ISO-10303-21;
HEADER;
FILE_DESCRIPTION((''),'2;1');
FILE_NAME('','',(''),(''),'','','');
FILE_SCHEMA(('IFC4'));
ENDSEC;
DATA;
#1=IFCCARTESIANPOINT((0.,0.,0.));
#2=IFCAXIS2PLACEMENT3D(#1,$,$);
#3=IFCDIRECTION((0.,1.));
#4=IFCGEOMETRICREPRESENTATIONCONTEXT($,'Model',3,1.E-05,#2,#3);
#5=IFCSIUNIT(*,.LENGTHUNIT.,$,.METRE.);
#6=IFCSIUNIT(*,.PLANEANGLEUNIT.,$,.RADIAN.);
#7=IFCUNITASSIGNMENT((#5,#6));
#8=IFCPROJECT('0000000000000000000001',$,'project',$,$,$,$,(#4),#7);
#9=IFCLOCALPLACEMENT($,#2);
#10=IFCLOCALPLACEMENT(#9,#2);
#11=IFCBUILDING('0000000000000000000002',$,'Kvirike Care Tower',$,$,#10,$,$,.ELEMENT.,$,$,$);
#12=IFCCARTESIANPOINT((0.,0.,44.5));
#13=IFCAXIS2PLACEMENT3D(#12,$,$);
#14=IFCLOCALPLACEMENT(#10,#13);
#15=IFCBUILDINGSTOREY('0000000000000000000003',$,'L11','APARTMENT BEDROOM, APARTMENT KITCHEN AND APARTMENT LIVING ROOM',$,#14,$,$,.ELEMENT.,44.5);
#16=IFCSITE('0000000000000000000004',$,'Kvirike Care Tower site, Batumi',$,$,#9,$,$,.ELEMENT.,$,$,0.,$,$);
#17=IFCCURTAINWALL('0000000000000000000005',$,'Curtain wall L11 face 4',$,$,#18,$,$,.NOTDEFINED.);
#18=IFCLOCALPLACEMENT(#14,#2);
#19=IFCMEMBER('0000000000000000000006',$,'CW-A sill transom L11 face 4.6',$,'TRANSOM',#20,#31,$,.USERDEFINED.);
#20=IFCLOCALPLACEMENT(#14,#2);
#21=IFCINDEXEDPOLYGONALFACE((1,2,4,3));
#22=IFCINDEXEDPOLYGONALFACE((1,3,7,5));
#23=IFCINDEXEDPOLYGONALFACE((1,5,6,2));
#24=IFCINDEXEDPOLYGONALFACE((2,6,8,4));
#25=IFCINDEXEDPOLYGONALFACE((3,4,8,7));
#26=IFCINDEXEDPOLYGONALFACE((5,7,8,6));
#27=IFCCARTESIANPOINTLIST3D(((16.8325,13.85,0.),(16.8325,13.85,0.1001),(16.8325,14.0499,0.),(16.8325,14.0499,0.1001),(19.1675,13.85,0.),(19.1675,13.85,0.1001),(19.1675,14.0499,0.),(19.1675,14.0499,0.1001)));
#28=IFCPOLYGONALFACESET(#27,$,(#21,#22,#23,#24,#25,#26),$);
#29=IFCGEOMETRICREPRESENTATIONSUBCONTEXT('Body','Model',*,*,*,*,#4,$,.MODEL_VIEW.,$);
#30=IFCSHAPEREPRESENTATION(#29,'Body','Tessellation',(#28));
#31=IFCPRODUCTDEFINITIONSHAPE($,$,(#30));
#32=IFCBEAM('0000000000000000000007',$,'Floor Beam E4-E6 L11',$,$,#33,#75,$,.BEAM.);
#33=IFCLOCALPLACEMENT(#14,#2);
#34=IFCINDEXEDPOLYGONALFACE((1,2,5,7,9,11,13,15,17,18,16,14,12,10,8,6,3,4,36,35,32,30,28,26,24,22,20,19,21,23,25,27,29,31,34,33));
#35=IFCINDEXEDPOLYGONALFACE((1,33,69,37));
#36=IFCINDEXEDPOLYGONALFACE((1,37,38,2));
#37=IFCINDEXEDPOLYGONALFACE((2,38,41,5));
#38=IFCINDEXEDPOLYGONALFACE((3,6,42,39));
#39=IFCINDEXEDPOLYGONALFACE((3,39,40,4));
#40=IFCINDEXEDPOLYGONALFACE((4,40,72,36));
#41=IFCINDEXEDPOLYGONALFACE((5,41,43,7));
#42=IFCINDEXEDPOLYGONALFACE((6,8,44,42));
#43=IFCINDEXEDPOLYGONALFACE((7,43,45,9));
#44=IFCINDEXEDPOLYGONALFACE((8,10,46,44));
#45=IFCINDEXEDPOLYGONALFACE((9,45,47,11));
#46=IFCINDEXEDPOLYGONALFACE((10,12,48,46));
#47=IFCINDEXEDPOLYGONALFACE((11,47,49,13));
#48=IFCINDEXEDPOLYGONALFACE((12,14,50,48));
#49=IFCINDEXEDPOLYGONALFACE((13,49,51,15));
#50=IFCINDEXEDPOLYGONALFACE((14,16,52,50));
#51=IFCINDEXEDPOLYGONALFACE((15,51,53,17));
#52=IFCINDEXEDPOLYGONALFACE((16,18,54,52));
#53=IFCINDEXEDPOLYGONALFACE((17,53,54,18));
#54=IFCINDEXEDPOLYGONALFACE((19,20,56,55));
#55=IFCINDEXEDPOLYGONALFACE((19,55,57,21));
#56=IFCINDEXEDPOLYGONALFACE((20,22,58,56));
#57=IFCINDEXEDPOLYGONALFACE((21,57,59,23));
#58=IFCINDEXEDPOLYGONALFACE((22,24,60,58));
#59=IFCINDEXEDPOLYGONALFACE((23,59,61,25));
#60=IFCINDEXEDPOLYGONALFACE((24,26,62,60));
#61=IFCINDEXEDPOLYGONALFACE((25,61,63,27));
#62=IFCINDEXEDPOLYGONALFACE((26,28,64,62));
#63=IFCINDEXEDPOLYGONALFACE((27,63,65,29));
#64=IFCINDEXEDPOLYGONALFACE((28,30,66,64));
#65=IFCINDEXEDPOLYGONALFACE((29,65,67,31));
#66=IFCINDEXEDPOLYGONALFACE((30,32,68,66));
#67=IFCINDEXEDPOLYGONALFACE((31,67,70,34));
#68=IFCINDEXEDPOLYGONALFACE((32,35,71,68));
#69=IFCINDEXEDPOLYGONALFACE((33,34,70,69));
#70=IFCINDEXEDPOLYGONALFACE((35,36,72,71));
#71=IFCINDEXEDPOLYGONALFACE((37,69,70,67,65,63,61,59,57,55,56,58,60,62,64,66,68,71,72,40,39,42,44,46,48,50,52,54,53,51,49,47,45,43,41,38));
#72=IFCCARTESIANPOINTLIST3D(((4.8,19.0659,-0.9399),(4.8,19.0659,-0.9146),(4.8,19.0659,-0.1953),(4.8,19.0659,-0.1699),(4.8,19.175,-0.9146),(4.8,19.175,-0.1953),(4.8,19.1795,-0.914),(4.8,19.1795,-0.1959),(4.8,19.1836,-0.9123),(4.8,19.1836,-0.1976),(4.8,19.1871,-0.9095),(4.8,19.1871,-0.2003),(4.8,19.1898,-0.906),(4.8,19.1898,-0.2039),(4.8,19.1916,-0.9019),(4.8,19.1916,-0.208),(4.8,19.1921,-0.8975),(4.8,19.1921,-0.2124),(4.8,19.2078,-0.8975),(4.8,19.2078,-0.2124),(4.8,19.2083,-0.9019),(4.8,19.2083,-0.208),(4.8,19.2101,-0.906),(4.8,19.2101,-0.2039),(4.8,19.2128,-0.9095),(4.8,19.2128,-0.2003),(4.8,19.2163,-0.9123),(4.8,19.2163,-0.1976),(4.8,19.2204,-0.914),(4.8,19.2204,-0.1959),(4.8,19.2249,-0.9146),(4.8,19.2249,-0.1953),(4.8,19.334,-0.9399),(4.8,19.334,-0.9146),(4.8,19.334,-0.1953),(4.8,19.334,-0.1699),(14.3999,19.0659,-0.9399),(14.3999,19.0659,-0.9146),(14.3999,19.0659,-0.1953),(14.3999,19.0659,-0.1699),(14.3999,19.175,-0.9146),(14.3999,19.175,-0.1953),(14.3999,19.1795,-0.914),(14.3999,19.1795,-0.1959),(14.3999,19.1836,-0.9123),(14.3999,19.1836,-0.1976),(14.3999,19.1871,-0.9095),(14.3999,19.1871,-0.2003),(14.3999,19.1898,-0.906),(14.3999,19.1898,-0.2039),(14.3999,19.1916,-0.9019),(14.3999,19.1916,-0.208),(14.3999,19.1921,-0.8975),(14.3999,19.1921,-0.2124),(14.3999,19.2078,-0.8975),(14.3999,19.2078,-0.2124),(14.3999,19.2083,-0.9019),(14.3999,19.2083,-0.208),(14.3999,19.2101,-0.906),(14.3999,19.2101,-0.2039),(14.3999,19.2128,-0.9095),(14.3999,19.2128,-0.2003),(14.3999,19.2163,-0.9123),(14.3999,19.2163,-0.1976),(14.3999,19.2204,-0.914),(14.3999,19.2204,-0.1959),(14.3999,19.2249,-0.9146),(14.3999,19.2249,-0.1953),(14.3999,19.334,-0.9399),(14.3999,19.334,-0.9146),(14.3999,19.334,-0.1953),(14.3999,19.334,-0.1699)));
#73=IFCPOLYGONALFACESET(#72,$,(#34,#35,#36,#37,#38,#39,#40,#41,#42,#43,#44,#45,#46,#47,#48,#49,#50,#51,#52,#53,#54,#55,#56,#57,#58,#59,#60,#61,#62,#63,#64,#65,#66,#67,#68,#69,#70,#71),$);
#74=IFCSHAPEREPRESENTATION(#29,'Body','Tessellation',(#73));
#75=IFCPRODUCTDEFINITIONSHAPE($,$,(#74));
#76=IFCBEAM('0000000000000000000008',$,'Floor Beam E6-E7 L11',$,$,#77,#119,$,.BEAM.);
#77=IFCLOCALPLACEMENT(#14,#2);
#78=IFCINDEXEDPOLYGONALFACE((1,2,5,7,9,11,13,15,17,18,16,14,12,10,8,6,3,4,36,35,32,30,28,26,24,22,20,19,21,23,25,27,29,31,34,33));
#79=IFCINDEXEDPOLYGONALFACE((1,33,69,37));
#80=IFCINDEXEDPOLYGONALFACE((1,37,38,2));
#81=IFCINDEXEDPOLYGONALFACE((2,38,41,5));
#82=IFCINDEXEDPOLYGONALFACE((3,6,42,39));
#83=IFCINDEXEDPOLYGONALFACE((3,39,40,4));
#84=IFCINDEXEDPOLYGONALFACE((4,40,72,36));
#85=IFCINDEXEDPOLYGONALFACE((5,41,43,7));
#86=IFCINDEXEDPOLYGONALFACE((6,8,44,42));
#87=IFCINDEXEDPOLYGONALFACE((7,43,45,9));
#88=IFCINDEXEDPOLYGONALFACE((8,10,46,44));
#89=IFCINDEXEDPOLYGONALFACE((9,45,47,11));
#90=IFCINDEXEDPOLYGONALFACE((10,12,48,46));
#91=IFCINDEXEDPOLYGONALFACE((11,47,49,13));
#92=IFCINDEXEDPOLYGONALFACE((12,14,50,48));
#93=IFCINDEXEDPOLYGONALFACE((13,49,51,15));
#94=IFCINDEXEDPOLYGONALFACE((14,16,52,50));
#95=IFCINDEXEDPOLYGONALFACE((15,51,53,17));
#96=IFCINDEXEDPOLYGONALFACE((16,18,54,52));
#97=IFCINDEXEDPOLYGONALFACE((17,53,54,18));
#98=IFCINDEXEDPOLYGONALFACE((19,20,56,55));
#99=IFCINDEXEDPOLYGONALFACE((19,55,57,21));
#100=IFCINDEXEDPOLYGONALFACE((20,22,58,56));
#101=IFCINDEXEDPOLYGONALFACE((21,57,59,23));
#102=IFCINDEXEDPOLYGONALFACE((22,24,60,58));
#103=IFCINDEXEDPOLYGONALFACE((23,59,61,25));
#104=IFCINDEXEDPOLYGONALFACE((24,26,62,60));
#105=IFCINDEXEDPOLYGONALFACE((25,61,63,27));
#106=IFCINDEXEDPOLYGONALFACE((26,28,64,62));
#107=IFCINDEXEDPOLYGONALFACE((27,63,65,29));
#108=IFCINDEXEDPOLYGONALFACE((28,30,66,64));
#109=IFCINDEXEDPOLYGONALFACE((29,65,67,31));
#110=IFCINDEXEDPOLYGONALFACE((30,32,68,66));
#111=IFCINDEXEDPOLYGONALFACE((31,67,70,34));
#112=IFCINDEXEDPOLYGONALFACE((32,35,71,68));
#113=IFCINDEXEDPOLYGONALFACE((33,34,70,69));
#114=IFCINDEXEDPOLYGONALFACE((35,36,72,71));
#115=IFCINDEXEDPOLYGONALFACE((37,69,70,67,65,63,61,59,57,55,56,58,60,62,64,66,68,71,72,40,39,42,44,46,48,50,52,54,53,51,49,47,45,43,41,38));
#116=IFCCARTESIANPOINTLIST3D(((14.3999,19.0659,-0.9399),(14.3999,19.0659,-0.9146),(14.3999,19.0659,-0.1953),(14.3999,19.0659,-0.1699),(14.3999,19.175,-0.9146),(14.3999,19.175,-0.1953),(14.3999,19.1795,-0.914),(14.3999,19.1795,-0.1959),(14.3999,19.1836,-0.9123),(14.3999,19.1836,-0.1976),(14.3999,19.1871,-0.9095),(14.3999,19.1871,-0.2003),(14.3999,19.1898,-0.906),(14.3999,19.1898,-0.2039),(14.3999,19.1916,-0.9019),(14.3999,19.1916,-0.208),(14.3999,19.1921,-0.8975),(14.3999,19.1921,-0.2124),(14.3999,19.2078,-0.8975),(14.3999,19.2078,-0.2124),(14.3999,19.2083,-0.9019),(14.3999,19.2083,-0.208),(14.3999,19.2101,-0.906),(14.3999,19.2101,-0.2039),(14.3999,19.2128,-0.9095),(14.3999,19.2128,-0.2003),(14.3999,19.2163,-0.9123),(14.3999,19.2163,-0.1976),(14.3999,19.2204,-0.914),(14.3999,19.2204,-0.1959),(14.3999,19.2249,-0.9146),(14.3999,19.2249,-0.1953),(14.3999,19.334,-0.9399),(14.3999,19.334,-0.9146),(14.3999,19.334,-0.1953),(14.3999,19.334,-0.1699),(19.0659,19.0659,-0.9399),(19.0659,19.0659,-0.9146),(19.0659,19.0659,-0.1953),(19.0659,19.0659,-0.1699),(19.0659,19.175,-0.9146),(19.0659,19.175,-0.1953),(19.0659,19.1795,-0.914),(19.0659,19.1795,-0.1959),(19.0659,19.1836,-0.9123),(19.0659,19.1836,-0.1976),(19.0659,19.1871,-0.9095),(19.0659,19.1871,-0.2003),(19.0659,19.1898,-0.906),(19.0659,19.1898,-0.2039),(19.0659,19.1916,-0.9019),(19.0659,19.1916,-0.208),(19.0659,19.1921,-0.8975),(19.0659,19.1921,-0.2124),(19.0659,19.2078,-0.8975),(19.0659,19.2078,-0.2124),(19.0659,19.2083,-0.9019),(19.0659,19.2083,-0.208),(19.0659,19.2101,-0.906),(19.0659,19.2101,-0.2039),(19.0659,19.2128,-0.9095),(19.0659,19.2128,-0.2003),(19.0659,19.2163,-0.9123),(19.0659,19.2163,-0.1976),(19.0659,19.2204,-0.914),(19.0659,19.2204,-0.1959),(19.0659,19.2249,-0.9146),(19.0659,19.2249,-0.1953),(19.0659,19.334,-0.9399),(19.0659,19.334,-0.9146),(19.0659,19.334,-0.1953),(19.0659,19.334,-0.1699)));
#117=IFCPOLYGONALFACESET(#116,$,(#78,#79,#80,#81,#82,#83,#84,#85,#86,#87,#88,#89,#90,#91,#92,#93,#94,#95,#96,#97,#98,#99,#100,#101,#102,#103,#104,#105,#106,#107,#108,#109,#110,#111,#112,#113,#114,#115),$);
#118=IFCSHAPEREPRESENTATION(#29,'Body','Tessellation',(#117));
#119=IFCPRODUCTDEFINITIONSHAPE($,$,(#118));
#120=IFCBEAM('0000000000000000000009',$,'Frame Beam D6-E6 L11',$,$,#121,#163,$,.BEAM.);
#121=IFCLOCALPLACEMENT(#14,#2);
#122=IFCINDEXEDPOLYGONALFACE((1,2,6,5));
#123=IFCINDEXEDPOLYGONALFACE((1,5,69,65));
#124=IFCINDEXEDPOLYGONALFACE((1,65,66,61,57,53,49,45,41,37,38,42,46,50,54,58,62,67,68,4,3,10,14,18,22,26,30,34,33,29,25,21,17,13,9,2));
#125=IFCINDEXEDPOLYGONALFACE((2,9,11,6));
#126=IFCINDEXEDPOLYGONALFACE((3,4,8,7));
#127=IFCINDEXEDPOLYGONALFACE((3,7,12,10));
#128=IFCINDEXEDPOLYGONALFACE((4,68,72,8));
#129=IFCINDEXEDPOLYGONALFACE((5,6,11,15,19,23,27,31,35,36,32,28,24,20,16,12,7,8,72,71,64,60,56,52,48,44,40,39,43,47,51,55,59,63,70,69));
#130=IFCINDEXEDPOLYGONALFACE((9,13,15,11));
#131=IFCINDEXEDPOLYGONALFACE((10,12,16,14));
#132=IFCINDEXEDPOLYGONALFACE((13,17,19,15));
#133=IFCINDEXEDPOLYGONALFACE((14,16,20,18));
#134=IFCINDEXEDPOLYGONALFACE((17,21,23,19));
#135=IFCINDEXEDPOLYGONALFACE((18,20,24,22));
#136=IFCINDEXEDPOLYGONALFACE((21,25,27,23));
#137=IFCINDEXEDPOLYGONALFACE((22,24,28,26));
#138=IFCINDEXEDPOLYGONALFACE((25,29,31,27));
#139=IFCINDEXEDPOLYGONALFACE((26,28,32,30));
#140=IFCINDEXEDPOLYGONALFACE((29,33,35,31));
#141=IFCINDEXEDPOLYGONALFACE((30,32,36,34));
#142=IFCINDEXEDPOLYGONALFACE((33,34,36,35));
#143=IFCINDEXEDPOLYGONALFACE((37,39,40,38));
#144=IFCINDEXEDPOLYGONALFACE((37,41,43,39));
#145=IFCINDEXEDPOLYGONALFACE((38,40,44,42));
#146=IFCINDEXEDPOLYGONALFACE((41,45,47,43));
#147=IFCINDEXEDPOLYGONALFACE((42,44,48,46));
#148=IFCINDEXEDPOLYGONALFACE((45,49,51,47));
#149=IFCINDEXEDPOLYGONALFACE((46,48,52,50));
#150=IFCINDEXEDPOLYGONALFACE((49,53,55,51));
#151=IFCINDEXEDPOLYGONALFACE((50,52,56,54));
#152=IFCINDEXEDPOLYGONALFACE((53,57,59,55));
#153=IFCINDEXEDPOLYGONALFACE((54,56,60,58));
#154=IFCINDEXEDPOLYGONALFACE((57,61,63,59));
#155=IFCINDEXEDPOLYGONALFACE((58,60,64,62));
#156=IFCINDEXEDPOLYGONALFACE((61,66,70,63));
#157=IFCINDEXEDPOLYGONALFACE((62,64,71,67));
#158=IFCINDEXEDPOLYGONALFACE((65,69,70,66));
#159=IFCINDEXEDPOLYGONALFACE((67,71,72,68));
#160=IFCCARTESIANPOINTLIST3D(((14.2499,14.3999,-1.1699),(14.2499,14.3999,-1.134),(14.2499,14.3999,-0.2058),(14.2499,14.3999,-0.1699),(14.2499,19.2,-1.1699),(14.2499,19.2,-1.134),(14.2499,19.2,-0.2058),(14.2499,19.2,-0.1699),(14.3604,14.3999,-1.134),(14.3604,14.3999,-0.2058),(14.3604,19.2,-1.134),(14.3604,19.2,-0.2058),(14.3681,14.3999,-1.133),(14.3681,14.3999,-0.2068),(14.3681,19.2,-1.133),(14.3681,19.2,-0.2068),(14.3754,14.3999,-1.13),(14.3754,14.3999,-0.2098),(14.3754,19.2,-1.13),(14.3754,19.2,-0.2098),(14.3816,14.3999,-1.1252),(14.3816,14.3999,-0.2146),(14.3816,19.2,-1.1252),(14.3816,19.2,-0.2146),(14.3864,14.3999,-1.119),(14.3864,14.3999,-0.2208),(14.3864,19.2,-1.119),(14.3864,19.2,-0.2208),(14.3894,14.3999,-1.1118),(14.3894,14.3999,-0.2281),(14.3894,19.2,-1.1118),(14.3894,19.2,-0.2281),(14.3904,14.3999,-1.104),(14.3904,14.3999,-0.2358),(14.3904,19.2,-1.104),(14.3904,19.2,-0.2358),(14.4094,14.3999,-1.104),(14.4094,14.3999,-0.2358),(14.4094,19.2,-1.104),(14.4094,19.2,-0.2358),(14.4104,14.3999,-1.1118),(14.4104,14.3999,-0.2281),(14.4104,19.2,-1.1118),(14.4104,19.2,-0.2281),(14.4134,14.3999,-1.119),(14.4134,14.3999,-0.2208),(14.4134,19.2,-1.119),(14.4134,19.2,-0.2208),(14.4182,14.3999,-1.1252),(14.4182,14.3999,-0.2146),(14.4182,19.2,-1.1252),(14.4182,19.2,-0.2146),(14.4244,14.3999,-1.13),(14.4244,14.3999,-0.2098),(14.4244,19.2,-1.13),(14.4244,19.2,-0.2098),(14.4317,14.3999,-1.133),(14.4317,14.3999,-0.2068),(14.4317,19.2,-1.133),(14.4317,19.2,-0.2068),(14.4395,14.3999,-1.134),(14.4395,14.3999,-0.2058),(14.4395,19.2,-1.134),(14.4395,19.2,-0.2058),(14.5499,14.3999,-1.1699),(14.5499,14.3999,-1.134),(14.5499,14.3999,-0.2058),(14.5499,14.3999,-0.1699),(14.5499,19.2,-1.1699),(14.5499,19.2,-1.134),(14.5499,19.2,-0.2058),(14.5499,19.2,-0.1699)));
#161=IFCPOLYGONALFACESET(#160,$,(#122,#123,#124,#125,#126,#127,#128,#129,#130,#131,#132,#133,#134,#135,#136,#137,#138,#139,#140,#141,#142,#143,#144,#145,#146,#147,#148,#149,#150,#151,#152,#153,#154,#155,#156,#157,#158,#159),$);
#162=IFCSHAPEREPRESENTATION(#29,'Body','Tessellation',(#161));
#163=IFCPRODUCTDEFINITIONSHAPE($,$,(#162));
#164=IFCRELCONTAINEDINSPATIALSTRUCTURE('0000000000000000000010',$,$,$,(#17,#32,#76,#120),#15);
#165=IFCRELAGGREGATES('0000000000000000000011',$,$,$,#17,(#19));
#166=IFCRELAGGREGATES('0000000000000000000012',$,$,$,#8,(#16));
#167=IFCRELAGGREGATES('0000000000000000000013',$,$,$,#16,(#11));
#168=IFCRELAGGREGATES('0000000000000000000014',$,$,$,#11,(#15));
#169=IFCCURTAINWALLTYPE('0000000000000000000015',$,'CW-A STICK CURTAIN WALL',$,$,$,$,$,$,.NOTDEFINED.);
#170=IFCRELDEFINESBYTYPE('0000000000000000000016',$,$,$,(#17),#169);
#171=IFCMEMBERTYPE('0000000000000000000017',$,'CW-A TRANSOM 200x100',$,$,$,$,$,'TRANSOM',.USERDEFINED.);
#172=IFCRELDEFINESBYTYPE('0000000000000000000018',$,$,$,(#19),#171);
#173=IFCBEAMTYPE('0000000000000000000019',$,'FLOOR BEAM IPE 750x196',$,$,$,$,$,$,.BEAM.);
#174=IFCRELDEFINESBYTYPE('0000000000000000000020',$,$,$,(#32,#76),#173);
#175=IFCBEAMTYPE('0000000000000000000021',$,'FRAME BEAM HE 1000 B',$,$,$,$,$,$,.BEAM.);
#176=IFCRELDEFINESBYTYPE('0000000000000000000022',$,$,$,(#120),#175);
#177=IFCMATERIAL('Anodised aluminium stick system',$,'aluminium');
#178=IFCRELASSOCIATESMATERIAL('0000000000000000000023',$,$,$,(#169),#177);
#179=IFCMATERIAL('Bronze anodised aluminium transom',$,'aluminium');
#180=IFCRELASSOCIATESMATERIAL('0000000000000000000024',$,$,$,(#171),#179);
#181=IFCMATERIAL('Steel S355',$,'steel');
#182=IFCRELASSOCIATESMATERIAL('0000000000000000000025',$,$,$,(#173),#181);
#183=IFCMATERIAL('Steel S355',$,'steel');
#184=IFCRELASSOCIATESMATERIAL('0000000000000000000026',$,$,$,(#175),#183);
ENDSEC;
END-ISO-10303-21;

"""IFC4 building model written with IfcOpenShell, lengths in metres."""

from ifc_helpers import new_model, si_unit, direction, frame, origin, origin_2d, place, context, subcontext, project, spatial, rectangle, i_section, extrude, material, material_profile, profile_set, type_object, element, aggregate, save


model = new_model("IFC4")

# Units and contexts
model_context = context("Model", 3, precision=1e-05, world=origin(), true_north=direction((0.0, 1.0)))
body_context = subcontext(model_context, "Body", "Model", "MODEL_VIEW")
ifc_project = project(units=[si_unit("LENGTHUNIT", "METRE"), si_unit("PLANEANGLEUNIT", "RADIAN")], contexts=[model_context])

# Site, building, storey
site_placement = place(None, origin())
site = spatial("IfcSite", under=ifc_project, at=site_placement, Name="Kvirike Care Tower site, Batumi", CompositionType="ELEMENT", RefElevation=0.0)
building_placement = place(site_placement, origin())
building = spatial("IfcBuilding", under=site, at=building_placement, Name="Kvirike Care Tower", CompositionType="ELEMENT")
storey_placement = place(building_placement, frame((0.0, 0.0, 44.5)))
storey = spatial("IfcBuildingStorey", under=building, at=storey_placement, Name="L11", Description="APARTMENT BEDROOM, APARTMENT KITCHEN AND APARTMENT LIVING ROOM", CompositionType="ELEMENT", Elevation=44.5)

# Curtain wall, member
ifc_material_1 = material(Name="Anodised aluminium stick system", Category="aluminium")
curtain_wall_type = type_object("IfcCurtainWallType", Name="CW-A STICK CURTAIN WALL", PredefinedType="NOTDEFINED", material=ifc_material_1)
curtain_wall_placement = place(storey_placement, origin())
curtain_wall = element("IfcCurtainWall", 1, at=curtain_wall_placement, inside=storey, type_object=curtain_wall_type, Name="Curtain wall L11 face 4", PredefinedType="NOTDEFINED")
ifc_material_2 = material(Name="Bronze anodised aluminium transom", Category="aluminium")
ifc_material_profile_1 = material_profile(ifc_material_2, rectangle(XDim=0.2, YDim=0.1001, at=origin_2d()), Name="CW-A TRANSOM 200x100")
ifc_profile_set_1 = profile_set([ifc_material_profile_1], Name="Bronze anodised aluminium transom")
member_type_1 = type_object("IfcMemberType", Name="CW-A TRANSOM 200x100", ElementType="TRANSOM", PredefinedType="USERDEFINED", material=ifc_profile_set_1)
member_1_placement = place(storey_placement, frame((16.8325, 13.95, 0.05), z_axis=(1.0, 0.0, 0.0), x_axis=(0.0, 1.0, 0.0)))
member_1 = element("IfcMember", 2, at=member_1_placement, type_object=member_type_1, Name="CW-A sill transom L11 face 4.6", ObjectType="TRANSOM", PredefinedType="USERDEFINED", context=body_context, shape_type="SweptSolid", body=[
    extrude(rectangle(XDim=0.2, YDim=0.1001, at=origin_2d()), origin(), (0.0, 0.0, 1.0), 2.335),
])

# Beams
ifc_material_3 = material(Name="Steel S355", Category="steel")
ifc_material_profile_2 = material_profile(ifc_material_3, i_section(OverallWidth=0.2681, OverallDepth=0.77, WebThickness=0.0156, FlangeThickness=0.0254, FilletRadius=0.0171, at=origin_2d()), Name="IPE 750x196")
ifc_profile_set_2 = profile_set([ifc_material_profile_2], Name="Steel S355")
beam_type_1 = type_object("IfcBeamType", Name="FLOOR BEAM IPE 750x196", PredefinedType="BEAM", material=ifc_profile_set_2)
beam_1_placement = place(storey_placement, frame((4.8, 19.2, -0.5549), z_axis=(1.0, 0.0, 0.0), x_axis=(0.0, 1.0, 0.0)))
element("IfcBeam", 3, at=beam_1_placement, inside=storey, type_object=beam_type_1, Name="Floor Beam E4-E6 L11", PredefinedType="BEAM", context=body_context, shape_type="SweptSolid", body=[
    extrude(i_section(OverallWidth=0.2681, OverallDepth=0.77, WebThickness=0.0156, FlangeThickness=0.0254, FilletRadius=0.0171, at=origin_2d()), origin(), (0.0, 0.0, 1.0), 9.5999),
])
beam_2_placement = place(storey_placement, frame((14.3999, 19.2, -0.5549), z_axis=(1.0, 0.0, 0.0), x_axis=(0.0, 1.0, 0.0)))
element("IfcBeam", 4, at=beam_2_placement, inside=storey, type_object=beam_type_1, Name="Floor Beam E6-E7 L11", PredefinedType="BEAM", context=body_context, shape_type="SweptSolid", body=[
    extrude(i_section(OverallWidth=0.2681, OverallDepth=0.77, WebThickness=0.0156, FlangeThickness=0.0254, FilletRadius=0.0171, at=origin_2d()), origin(), (0.0, 0.0, 1.0), 4.666),
])
ifc_material_4 = material(Name="Steel S355", Category="steel")
ifc_material_profile_3 = material_profile(ifc_material_4, i_section(OverallWidth=0.3, OverallDepth=1.0, WebThickness=0.019, FlangeThickness=0.0359, FilletRadius=0.03, at=origin_2d()), Name="HE 1000 B")
ifc_profile_set_3 = profile_set([ifc_material_profile_3], Name="Steel S355")
beam_type_2 = type_object("IfcBeamType", Name="FRAME BEAM HE 1000 B", PredefinedType="BEAM", material=ifc_profile_set_3)
for number, where, z_axis, x_axis, name in (
    (5, (14.3999, 14.3999, -0.6699), (0.0, 1.0, 0.0), (-1.0, 0.0, 0.0), "Frame Beam D6-E6 L11"),
):
    element("IfcBeam", number, at=place(storey_placement, frame(where, z_axis=z_axis, x_axis=x_axis)), inside=storey, type_object=beam_type_2, Name=name, PredefinedType="BEAM", context=body_context, shape_type="SweptSolid", body=[
        extrude(i_section(OverallWidth=0.3, OverallDepth=1.0, WebThickness=0.019, FlangeThickness=0.0359, FilletRadius=0.03, at=origin_2d()), origin(), (0.0, 0.0, 1.0), 4.8),
    ])

aggregate(curtain_wall, [member_1])

save(model, "model.ifc")
